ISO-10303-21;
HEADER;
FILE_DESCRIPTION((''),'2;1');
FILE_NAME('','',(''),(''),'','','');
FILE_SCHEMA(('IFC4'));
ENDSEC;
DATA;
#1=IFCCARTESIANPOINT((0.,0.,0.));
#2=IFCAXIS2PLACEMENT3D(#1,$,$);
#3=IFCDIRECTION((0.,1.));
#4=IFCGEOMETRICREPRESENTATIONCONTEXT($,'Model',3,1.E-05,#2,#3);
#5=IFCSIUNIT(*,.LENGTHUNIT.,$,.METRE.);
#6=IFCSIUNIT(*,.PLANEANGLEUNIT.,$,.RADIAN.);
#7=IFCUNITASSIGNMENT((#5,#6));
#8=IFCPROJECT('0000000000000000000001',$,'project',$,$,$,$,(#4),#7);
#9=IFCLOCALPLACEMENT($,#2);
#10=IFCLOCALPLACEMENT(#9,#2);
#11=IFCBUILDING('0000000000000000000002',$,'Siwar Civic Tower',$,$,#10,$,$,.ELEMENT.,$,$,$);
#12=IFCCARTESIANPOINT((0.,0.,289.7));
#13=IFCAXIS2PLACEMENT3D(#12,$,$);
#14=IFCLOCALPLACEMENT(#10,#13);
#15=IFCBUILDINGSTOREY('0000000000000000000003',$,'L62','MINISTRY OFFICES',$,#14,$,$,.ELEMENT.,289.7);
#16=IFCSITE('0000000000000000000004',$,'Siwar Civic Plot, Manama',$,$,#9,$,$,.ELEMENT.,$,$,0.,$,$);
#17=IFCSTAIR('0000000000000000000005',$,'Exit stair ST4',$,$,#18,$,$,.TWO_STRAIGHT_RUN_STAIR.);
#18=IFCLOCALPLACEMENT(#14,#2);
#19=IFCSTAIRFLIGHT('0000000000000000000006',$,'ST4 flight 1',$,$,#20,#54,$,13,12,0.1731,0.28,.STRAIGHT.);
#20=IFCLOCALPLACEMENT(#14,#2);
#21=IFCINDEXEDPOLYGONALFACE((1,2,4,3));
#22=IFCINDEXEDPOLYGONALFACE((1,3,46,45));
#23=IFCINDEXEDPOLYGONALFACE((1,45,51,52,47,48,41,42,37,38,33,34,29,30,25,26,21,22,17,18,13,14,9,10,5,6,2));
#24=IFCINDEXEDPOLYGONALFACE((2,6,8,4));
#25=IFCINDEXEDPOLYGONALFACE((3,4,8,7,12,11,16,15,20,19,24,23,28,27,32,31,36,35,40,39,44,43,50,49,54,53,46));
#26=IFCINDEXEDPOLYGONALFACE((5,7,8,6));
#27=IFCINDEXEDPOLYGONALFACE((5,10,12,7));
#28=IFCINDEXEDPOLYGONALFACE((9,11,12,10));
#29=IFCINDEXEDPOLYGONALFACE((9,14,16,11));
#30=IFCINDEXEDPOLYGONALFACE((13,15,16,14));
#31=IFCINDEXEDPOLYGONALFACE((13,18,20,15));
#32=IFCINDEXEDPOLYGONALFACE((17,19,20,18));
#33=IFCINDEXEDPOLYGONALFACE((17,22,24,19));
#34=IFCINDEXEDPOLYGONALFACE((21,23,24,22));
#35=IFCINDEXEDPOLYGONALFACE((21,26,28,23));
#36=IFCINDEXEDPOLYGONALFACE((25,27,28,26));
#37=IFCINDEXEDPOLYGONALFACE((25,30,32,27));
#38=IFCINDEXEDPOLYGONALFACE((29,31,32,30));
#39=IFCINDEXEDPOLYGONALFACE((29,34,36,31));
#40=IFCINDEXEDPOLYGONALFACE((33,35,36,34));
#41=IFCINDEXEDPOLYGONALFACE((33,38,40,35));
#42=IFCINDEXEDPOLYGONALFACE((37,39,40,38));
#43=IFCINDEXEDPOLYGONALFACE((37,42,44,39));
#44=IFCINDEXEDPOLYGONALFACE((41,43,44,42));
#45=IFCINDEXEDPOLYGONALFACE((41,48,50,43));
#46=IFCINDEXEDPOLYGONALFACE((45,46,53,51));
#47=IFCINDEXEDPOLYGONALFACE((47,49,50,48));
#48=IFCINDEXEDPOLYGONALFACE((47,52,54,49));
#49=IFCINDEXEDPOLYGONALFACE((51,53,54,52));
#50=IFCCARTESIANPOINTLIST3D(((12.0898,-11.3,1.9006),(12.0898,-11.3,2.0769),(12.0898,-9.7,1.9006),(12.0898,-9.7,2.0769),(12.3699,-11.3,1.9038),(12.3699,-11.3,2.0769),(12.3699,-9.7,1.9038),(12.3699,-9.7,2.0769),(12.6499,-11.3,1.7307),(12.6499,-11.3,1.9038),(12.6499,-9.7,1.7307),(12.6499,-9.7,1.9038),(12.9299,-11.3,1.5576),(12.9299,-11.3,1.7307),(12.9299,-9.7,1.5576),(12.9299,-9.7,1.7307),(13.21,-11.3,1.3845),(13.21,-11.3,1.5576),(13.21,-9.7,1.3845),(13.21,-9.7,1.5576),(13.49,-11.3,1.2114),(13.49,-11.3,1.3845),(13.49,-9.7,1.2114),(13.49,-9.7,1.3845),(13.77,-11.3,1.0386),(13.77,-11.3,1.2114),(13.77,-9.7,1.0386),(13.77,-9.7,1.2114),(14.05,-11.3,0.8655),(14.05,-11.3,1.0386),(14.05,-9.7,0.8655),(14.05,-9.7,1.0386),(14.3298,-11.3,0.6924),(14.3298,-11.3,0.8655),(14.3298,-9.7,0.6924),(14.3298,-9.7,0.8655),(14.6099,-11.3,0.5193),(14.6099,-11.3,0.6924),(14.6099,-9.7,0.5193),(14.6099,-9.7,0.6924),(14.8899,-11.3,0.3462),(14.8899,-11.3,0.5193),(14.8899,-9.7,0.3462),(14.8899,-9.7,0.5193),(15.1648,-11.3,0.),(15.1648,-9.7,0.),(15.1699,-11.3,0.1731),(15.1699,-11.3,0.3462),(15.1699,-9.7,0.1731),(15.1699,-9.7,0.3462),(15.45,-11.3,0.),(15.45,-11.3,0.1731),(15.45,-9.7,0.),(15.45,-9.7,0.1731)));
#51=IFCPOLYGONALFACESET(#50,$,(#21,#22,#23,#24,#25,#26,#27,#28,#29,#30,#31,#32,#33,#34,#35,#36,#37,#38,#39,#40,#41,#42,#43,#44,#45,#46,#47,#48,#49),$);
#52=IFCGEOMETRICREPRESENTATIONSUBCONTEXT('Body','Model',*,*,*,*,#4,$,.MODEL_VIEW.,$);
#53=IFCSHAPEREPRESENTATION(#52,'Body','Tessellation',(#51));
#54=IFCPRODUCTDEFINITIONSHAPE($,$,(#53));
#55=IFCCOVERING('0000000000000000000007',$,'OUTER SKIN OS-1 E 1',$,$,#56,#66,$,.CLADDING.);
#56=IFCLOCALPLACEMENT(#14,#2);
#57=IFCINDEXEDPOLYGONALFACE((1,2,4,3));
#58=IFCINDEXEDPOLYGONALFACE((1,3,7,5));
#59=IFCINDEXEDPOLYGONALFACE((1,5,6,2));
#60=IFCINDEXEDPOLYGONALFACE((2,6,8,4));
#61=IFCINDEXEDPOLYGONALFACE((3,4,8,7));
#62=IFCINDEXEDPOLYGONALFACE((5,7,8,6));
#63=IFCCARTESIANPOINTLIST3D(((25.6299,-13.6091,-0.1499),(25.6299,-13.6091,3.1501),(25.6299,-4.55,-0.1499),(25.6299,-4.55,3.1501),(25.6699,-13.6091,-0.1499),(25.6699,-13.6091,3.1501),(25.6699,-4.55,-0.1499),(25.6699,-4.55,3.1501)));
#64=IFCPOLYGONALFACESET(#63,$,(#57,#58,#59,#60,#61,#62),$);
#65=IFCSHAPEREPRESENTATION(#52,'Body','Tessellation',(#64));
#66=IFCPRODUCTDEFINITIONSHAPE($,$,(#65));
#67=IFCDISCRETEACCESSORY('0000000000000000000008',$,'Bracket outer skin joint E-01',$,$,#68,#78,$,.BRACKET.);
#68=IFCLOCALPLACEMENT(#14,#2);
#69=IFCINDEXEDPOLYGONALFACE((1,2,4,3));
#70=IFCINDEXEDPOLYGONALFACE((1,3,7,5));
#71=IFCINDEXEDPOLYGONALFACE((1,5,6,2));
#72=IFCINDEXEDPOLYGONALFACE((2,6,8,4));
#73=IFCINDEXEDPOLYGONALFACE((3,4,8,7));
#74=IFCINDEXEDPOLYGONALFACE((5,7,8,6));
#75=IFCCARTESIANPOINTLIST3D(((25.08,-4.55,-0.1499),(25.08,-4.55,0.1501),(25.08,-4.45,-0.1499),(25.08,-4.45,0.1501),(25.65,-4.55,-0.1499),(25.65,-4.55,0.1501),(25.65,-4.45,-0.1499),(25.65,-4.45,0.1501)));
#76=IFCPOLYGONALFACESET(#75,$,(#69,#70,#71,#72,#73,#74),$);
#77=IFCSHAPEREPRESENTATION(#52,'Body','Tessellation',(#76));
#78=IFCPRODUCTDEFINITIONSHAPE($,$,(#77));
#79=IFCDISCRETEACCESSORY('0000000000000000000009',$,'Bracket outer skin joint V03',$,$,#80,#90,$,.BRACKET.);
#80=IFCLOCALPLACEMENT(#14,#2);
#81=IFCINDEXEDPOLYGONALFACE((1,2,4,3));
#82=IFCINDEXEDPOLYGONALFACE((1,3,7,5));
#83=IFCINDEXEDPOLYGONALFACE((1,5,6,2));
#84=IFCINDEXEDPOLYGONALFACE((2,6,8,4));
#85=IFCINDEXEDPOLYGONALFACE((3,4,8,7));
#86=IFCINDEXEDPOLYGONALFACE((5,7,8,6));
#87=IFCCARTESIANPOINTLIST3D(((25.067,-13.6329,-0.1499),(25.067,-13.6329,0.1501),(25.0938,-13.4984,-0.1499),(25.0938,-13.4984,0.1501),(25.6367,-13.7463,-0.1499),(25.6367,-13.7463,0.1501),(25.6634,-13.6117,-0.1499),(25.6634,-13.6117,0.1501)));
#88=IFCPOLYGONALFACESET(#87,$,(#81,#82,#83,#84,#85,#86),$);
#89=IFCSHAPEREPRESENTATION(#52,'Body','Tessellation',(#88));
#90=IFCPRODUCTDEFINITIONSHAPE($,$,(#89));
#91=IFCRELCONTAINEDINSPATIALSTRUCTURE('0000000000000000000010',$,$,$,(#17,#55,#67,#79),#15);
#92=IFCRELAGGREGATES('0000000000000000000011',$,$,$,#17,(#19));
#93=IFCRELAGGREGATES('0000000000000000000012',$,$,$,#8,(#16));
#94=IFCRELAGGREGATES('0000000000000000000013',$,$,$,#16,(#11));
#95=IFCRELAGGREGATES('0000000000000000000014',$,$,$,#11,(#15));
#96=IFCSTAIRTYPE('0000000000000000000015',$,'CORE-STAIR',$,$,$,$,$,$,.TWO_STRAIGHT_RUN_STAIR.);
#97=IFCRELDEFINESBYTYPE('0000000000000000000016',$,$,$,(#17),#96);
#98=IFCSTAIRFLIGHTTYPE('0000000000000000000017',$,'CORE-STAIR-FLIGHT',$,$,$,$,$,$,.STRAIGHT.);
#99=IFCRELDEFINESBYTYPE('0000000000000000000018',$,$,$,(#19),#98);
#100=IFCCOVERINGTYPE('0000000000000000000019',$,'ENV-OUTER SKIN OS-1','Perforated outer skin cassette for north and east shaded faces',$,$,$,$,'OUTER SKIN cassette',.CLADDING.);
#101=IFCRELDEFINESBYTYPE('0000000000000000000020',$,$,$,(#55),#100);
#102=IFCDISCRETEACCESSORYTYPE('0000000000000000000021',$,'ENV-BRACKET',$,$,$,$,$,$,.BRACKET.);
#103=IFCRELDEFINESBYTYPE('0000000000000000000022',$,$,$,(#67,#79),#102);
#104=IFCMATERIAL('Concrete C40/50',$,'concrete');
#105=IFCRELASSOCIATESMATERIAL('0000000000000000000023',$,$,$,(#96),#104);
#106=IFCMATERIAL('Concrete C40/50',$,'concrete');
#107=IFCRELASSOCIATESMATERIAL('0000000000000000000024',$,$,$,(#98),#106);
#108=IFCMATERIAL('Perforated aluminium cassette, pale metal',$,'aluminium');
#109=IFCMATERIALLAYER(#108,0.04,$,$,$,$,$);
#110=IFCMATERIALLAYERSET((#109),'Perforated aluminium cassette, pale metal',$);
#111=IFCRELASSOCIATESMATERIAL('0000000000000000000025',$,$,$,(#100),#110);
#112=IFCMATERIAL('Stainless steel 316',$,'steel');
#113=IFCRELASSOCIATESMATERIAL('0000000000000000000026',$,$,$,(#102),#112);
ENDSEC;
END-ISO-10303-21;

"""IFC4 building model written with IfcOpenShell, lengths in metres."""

from ifc_helpers import new_model, si_unit, direction, frame, origin, origin_2d, place, context, subcontext, project, spatial, polyline, rectangle, outline, extrude, material, layer, layer_set, type_object, element, aggregate, save


model = new_model("IFC4")

# Units and contexts
model_context = context("Model", 3, precision=1e-05, world=origin(), true_north=direction((0.0, 1.0)))
body_context = subcontext(model_context, "Body", "Model", "MODEL_VIEW")
ifc_project = project(units=[si_unit("LENGTHUNIT", "METRE"), si_unit("PLANEANGLEUNIT", "RADIAN")], contexts=[model_context])

# Site, building, storey
site_placement = place(None, origin())
site = spatial("IfcSite", under=ifc_project, at=site_placement, Name="Siwar Civic Plot, Manama", CompositionType="ELEMENT", RefElevation=0.0)
building_placement = place(site_placement, origin())
building = spatial("IfcBuilding", under=site, at=building_placement, Name="Siwar Civic Tower", CompositionType="ELEMENT")
storey_placement = place(building_placement, frame((0.0, 0.0, 289.7)))
storey = spatial("IfcBuildingStorey", under=building, at=storey_placement, Name="L62", Description="MINISTRY OFFICES", CompositionType="ELEMENT", Elevation=289.7)

# Stair, stair flight
ifc_material_1 = material(Name="Concrete C40/50", Category="concrete")
stair_type = type_object("IfcStairType", Name="CORE-STAIR", PredefinedType="TWO_STRAIGHT_RUN_STAIR", material=ifc_material_1)
stair_placement = place(storey_placement, origin())
stair = element("IfcStair", 1, at=stair_placement, inside=storey, type_object=stair_type, Name="Exit stair ST4", PredefinedType="TWO_STRAIGHT_RUN_STAIR")
ifc_material_2 = material(Name="Concrete C40/50", Category="concrete")
stair_flight_type = type_object("IfcStairFlightType", Name="CORE-STAIR-FLIGHT", PredefinedType="STRAIGHT", material=ifc_material_2)
stair_flight_placement = place(storey_placement, frame((15.45, -10.5, 0.0), z_axis=(0.0, 0.0, 1.0), x_axis=(-1.0, 0.0, 0.0)))
stair_flight = element("IfcStairFlight", 2, at=stair_flight_placement, type_object=stair_flight_type, Name="ST4 flight 1", NumberOfRisers=13, NumberOfTreads=12, PredefinedType="STRAIGHT", RiserHeight=0.1731, TreadLength=0.28, context=body_context, shape_type="SweptSolid", body=[
    extrude(outline(polyline([(0.0, 0.0), (0.0, 0.1731), (0.28, 0.1731), (0.28, 0.3462), (0.5601, 0.3462), (0.5601, 0.5193), (0.8401, 0.5193), (0.8401, 0.6924), (1.1201, 0.6924), (1.1201, 0.8655), (1.3999, 0.8655), (1.3999, 1.0386), (1.6799, 1.0386), (1.6799, 1.2114), (1.96, 1.2114), (1.96, 1.3845), (2.24, 1.3845), (2.24, 1.5576), (2.52, 1.5576), (2.52, 1.7307), (2.8, 1.7307), (2.8, 1.9038), (3.0801, 1.9038), (3.0801, 2.0769), (3.3601, 2.0769), (3.3601, 2.25), (3.3601, 1.9006), (0.2852, 0.0), (0.0, 0.0)])), frame((0.0, 0.8, 0.0), z_axis=(0.0, -1.0, 0.0), x_axis=(1.0, 0.0, 0.0)), (0.0, 0.0, 1.0), 1.6001),
])
aggregate(stair, [stair_flight])

# Covering
ifc_material_3 = material(Name="Perforated aluminium cassette, pale metal", Category="aluminium")
ifc_layer_1 = layer(ifc_material_3, 0.04)
ifc_layer_set_1 = layer_set([ifc_layer_1], Name="Perforated aluminium cassette, pale metal")
covering_type = type_object("IfcCoveringType", Name="ENV-OUTER SKIN OS-1", Description="Perforated outer skin cassette for north and east shaded faces", ElementType="OUTER SKIN cassette", PredefinedType="CLADDING", material=ifc_layer_set_1)
covering_placement = place(storey_placement, frame((25.6499, -9.0796, -0.1499), z_axis=(0.0, 0.0, 1.0), x_axis=(0.0, 1.0, 0.0)))
element("IfcCovering", 3, at=covering_placement, inside=storey, type_object=covering_type, Name="OUTER SKIN OS-1 E 1", PredefinedType="CLADDING", context=body_context, shape_type="SweptSolid", body=[
    extrude(rectangle(XDim=9.0591, YDim=0.04, at=origin_2d()), origin(), (0.0, 0.0, 1.0), 3.3),
])

# Discrete accessories
ifc_material_4 = material(Name="Stainless steel 316", Category="steel")
discrete_accessory_type = type_object("IfcDiscreteAccessoryType", Name="ENV-BRACKET", PredefinedType="BRACKET", material=ifc_material_4)
discrete_accessory_1_placement = place(storey_placement, frame((25.365, -4.5, -0.1499), z_axis=(0.0, 0.0, 1.0), x_axis=(1.0, 0.0, 0.0)))
element("IfcDiscreteAccessory", 4, at=discrete_accessory_1_placement, inside=storey, type_object=discrete_accessory_type, Name="Bracket outer skin joint E-01", PredefinedType="BRACKET", context=body_context, shape_type="SweptSolid", body=[
    extrude(rectangle(XDim=0.5701, YDim=0.1001, at=origin_2d()), origin(), (0.0, 0.0, 1.0), 0.3),
])
discrete_accessory_2_placement = place(storey_placement, frame((25.3652, -13.6223, -0.1499), z_axis=(0.0, 0.0, 1.0), x_axis=(0.980785, -0.19509, 0.0)))
element("IfcDiscreteAccessory", 5, at=discrete_accessory_2_placement, inside=storey, type_object=discrete_accessory_type, Name="Bracket outer skin joint V03", PredefinedType="BRACKET", context=body_context, shape_type="SweptSolid", body=[
    extrude(rectangle(XDim=0.5808, YDim=0.1372, at=origin_2d()), origin(), (0.0, 0.0, 1.0), 0.3),
])

save(model, "model.ifc")
